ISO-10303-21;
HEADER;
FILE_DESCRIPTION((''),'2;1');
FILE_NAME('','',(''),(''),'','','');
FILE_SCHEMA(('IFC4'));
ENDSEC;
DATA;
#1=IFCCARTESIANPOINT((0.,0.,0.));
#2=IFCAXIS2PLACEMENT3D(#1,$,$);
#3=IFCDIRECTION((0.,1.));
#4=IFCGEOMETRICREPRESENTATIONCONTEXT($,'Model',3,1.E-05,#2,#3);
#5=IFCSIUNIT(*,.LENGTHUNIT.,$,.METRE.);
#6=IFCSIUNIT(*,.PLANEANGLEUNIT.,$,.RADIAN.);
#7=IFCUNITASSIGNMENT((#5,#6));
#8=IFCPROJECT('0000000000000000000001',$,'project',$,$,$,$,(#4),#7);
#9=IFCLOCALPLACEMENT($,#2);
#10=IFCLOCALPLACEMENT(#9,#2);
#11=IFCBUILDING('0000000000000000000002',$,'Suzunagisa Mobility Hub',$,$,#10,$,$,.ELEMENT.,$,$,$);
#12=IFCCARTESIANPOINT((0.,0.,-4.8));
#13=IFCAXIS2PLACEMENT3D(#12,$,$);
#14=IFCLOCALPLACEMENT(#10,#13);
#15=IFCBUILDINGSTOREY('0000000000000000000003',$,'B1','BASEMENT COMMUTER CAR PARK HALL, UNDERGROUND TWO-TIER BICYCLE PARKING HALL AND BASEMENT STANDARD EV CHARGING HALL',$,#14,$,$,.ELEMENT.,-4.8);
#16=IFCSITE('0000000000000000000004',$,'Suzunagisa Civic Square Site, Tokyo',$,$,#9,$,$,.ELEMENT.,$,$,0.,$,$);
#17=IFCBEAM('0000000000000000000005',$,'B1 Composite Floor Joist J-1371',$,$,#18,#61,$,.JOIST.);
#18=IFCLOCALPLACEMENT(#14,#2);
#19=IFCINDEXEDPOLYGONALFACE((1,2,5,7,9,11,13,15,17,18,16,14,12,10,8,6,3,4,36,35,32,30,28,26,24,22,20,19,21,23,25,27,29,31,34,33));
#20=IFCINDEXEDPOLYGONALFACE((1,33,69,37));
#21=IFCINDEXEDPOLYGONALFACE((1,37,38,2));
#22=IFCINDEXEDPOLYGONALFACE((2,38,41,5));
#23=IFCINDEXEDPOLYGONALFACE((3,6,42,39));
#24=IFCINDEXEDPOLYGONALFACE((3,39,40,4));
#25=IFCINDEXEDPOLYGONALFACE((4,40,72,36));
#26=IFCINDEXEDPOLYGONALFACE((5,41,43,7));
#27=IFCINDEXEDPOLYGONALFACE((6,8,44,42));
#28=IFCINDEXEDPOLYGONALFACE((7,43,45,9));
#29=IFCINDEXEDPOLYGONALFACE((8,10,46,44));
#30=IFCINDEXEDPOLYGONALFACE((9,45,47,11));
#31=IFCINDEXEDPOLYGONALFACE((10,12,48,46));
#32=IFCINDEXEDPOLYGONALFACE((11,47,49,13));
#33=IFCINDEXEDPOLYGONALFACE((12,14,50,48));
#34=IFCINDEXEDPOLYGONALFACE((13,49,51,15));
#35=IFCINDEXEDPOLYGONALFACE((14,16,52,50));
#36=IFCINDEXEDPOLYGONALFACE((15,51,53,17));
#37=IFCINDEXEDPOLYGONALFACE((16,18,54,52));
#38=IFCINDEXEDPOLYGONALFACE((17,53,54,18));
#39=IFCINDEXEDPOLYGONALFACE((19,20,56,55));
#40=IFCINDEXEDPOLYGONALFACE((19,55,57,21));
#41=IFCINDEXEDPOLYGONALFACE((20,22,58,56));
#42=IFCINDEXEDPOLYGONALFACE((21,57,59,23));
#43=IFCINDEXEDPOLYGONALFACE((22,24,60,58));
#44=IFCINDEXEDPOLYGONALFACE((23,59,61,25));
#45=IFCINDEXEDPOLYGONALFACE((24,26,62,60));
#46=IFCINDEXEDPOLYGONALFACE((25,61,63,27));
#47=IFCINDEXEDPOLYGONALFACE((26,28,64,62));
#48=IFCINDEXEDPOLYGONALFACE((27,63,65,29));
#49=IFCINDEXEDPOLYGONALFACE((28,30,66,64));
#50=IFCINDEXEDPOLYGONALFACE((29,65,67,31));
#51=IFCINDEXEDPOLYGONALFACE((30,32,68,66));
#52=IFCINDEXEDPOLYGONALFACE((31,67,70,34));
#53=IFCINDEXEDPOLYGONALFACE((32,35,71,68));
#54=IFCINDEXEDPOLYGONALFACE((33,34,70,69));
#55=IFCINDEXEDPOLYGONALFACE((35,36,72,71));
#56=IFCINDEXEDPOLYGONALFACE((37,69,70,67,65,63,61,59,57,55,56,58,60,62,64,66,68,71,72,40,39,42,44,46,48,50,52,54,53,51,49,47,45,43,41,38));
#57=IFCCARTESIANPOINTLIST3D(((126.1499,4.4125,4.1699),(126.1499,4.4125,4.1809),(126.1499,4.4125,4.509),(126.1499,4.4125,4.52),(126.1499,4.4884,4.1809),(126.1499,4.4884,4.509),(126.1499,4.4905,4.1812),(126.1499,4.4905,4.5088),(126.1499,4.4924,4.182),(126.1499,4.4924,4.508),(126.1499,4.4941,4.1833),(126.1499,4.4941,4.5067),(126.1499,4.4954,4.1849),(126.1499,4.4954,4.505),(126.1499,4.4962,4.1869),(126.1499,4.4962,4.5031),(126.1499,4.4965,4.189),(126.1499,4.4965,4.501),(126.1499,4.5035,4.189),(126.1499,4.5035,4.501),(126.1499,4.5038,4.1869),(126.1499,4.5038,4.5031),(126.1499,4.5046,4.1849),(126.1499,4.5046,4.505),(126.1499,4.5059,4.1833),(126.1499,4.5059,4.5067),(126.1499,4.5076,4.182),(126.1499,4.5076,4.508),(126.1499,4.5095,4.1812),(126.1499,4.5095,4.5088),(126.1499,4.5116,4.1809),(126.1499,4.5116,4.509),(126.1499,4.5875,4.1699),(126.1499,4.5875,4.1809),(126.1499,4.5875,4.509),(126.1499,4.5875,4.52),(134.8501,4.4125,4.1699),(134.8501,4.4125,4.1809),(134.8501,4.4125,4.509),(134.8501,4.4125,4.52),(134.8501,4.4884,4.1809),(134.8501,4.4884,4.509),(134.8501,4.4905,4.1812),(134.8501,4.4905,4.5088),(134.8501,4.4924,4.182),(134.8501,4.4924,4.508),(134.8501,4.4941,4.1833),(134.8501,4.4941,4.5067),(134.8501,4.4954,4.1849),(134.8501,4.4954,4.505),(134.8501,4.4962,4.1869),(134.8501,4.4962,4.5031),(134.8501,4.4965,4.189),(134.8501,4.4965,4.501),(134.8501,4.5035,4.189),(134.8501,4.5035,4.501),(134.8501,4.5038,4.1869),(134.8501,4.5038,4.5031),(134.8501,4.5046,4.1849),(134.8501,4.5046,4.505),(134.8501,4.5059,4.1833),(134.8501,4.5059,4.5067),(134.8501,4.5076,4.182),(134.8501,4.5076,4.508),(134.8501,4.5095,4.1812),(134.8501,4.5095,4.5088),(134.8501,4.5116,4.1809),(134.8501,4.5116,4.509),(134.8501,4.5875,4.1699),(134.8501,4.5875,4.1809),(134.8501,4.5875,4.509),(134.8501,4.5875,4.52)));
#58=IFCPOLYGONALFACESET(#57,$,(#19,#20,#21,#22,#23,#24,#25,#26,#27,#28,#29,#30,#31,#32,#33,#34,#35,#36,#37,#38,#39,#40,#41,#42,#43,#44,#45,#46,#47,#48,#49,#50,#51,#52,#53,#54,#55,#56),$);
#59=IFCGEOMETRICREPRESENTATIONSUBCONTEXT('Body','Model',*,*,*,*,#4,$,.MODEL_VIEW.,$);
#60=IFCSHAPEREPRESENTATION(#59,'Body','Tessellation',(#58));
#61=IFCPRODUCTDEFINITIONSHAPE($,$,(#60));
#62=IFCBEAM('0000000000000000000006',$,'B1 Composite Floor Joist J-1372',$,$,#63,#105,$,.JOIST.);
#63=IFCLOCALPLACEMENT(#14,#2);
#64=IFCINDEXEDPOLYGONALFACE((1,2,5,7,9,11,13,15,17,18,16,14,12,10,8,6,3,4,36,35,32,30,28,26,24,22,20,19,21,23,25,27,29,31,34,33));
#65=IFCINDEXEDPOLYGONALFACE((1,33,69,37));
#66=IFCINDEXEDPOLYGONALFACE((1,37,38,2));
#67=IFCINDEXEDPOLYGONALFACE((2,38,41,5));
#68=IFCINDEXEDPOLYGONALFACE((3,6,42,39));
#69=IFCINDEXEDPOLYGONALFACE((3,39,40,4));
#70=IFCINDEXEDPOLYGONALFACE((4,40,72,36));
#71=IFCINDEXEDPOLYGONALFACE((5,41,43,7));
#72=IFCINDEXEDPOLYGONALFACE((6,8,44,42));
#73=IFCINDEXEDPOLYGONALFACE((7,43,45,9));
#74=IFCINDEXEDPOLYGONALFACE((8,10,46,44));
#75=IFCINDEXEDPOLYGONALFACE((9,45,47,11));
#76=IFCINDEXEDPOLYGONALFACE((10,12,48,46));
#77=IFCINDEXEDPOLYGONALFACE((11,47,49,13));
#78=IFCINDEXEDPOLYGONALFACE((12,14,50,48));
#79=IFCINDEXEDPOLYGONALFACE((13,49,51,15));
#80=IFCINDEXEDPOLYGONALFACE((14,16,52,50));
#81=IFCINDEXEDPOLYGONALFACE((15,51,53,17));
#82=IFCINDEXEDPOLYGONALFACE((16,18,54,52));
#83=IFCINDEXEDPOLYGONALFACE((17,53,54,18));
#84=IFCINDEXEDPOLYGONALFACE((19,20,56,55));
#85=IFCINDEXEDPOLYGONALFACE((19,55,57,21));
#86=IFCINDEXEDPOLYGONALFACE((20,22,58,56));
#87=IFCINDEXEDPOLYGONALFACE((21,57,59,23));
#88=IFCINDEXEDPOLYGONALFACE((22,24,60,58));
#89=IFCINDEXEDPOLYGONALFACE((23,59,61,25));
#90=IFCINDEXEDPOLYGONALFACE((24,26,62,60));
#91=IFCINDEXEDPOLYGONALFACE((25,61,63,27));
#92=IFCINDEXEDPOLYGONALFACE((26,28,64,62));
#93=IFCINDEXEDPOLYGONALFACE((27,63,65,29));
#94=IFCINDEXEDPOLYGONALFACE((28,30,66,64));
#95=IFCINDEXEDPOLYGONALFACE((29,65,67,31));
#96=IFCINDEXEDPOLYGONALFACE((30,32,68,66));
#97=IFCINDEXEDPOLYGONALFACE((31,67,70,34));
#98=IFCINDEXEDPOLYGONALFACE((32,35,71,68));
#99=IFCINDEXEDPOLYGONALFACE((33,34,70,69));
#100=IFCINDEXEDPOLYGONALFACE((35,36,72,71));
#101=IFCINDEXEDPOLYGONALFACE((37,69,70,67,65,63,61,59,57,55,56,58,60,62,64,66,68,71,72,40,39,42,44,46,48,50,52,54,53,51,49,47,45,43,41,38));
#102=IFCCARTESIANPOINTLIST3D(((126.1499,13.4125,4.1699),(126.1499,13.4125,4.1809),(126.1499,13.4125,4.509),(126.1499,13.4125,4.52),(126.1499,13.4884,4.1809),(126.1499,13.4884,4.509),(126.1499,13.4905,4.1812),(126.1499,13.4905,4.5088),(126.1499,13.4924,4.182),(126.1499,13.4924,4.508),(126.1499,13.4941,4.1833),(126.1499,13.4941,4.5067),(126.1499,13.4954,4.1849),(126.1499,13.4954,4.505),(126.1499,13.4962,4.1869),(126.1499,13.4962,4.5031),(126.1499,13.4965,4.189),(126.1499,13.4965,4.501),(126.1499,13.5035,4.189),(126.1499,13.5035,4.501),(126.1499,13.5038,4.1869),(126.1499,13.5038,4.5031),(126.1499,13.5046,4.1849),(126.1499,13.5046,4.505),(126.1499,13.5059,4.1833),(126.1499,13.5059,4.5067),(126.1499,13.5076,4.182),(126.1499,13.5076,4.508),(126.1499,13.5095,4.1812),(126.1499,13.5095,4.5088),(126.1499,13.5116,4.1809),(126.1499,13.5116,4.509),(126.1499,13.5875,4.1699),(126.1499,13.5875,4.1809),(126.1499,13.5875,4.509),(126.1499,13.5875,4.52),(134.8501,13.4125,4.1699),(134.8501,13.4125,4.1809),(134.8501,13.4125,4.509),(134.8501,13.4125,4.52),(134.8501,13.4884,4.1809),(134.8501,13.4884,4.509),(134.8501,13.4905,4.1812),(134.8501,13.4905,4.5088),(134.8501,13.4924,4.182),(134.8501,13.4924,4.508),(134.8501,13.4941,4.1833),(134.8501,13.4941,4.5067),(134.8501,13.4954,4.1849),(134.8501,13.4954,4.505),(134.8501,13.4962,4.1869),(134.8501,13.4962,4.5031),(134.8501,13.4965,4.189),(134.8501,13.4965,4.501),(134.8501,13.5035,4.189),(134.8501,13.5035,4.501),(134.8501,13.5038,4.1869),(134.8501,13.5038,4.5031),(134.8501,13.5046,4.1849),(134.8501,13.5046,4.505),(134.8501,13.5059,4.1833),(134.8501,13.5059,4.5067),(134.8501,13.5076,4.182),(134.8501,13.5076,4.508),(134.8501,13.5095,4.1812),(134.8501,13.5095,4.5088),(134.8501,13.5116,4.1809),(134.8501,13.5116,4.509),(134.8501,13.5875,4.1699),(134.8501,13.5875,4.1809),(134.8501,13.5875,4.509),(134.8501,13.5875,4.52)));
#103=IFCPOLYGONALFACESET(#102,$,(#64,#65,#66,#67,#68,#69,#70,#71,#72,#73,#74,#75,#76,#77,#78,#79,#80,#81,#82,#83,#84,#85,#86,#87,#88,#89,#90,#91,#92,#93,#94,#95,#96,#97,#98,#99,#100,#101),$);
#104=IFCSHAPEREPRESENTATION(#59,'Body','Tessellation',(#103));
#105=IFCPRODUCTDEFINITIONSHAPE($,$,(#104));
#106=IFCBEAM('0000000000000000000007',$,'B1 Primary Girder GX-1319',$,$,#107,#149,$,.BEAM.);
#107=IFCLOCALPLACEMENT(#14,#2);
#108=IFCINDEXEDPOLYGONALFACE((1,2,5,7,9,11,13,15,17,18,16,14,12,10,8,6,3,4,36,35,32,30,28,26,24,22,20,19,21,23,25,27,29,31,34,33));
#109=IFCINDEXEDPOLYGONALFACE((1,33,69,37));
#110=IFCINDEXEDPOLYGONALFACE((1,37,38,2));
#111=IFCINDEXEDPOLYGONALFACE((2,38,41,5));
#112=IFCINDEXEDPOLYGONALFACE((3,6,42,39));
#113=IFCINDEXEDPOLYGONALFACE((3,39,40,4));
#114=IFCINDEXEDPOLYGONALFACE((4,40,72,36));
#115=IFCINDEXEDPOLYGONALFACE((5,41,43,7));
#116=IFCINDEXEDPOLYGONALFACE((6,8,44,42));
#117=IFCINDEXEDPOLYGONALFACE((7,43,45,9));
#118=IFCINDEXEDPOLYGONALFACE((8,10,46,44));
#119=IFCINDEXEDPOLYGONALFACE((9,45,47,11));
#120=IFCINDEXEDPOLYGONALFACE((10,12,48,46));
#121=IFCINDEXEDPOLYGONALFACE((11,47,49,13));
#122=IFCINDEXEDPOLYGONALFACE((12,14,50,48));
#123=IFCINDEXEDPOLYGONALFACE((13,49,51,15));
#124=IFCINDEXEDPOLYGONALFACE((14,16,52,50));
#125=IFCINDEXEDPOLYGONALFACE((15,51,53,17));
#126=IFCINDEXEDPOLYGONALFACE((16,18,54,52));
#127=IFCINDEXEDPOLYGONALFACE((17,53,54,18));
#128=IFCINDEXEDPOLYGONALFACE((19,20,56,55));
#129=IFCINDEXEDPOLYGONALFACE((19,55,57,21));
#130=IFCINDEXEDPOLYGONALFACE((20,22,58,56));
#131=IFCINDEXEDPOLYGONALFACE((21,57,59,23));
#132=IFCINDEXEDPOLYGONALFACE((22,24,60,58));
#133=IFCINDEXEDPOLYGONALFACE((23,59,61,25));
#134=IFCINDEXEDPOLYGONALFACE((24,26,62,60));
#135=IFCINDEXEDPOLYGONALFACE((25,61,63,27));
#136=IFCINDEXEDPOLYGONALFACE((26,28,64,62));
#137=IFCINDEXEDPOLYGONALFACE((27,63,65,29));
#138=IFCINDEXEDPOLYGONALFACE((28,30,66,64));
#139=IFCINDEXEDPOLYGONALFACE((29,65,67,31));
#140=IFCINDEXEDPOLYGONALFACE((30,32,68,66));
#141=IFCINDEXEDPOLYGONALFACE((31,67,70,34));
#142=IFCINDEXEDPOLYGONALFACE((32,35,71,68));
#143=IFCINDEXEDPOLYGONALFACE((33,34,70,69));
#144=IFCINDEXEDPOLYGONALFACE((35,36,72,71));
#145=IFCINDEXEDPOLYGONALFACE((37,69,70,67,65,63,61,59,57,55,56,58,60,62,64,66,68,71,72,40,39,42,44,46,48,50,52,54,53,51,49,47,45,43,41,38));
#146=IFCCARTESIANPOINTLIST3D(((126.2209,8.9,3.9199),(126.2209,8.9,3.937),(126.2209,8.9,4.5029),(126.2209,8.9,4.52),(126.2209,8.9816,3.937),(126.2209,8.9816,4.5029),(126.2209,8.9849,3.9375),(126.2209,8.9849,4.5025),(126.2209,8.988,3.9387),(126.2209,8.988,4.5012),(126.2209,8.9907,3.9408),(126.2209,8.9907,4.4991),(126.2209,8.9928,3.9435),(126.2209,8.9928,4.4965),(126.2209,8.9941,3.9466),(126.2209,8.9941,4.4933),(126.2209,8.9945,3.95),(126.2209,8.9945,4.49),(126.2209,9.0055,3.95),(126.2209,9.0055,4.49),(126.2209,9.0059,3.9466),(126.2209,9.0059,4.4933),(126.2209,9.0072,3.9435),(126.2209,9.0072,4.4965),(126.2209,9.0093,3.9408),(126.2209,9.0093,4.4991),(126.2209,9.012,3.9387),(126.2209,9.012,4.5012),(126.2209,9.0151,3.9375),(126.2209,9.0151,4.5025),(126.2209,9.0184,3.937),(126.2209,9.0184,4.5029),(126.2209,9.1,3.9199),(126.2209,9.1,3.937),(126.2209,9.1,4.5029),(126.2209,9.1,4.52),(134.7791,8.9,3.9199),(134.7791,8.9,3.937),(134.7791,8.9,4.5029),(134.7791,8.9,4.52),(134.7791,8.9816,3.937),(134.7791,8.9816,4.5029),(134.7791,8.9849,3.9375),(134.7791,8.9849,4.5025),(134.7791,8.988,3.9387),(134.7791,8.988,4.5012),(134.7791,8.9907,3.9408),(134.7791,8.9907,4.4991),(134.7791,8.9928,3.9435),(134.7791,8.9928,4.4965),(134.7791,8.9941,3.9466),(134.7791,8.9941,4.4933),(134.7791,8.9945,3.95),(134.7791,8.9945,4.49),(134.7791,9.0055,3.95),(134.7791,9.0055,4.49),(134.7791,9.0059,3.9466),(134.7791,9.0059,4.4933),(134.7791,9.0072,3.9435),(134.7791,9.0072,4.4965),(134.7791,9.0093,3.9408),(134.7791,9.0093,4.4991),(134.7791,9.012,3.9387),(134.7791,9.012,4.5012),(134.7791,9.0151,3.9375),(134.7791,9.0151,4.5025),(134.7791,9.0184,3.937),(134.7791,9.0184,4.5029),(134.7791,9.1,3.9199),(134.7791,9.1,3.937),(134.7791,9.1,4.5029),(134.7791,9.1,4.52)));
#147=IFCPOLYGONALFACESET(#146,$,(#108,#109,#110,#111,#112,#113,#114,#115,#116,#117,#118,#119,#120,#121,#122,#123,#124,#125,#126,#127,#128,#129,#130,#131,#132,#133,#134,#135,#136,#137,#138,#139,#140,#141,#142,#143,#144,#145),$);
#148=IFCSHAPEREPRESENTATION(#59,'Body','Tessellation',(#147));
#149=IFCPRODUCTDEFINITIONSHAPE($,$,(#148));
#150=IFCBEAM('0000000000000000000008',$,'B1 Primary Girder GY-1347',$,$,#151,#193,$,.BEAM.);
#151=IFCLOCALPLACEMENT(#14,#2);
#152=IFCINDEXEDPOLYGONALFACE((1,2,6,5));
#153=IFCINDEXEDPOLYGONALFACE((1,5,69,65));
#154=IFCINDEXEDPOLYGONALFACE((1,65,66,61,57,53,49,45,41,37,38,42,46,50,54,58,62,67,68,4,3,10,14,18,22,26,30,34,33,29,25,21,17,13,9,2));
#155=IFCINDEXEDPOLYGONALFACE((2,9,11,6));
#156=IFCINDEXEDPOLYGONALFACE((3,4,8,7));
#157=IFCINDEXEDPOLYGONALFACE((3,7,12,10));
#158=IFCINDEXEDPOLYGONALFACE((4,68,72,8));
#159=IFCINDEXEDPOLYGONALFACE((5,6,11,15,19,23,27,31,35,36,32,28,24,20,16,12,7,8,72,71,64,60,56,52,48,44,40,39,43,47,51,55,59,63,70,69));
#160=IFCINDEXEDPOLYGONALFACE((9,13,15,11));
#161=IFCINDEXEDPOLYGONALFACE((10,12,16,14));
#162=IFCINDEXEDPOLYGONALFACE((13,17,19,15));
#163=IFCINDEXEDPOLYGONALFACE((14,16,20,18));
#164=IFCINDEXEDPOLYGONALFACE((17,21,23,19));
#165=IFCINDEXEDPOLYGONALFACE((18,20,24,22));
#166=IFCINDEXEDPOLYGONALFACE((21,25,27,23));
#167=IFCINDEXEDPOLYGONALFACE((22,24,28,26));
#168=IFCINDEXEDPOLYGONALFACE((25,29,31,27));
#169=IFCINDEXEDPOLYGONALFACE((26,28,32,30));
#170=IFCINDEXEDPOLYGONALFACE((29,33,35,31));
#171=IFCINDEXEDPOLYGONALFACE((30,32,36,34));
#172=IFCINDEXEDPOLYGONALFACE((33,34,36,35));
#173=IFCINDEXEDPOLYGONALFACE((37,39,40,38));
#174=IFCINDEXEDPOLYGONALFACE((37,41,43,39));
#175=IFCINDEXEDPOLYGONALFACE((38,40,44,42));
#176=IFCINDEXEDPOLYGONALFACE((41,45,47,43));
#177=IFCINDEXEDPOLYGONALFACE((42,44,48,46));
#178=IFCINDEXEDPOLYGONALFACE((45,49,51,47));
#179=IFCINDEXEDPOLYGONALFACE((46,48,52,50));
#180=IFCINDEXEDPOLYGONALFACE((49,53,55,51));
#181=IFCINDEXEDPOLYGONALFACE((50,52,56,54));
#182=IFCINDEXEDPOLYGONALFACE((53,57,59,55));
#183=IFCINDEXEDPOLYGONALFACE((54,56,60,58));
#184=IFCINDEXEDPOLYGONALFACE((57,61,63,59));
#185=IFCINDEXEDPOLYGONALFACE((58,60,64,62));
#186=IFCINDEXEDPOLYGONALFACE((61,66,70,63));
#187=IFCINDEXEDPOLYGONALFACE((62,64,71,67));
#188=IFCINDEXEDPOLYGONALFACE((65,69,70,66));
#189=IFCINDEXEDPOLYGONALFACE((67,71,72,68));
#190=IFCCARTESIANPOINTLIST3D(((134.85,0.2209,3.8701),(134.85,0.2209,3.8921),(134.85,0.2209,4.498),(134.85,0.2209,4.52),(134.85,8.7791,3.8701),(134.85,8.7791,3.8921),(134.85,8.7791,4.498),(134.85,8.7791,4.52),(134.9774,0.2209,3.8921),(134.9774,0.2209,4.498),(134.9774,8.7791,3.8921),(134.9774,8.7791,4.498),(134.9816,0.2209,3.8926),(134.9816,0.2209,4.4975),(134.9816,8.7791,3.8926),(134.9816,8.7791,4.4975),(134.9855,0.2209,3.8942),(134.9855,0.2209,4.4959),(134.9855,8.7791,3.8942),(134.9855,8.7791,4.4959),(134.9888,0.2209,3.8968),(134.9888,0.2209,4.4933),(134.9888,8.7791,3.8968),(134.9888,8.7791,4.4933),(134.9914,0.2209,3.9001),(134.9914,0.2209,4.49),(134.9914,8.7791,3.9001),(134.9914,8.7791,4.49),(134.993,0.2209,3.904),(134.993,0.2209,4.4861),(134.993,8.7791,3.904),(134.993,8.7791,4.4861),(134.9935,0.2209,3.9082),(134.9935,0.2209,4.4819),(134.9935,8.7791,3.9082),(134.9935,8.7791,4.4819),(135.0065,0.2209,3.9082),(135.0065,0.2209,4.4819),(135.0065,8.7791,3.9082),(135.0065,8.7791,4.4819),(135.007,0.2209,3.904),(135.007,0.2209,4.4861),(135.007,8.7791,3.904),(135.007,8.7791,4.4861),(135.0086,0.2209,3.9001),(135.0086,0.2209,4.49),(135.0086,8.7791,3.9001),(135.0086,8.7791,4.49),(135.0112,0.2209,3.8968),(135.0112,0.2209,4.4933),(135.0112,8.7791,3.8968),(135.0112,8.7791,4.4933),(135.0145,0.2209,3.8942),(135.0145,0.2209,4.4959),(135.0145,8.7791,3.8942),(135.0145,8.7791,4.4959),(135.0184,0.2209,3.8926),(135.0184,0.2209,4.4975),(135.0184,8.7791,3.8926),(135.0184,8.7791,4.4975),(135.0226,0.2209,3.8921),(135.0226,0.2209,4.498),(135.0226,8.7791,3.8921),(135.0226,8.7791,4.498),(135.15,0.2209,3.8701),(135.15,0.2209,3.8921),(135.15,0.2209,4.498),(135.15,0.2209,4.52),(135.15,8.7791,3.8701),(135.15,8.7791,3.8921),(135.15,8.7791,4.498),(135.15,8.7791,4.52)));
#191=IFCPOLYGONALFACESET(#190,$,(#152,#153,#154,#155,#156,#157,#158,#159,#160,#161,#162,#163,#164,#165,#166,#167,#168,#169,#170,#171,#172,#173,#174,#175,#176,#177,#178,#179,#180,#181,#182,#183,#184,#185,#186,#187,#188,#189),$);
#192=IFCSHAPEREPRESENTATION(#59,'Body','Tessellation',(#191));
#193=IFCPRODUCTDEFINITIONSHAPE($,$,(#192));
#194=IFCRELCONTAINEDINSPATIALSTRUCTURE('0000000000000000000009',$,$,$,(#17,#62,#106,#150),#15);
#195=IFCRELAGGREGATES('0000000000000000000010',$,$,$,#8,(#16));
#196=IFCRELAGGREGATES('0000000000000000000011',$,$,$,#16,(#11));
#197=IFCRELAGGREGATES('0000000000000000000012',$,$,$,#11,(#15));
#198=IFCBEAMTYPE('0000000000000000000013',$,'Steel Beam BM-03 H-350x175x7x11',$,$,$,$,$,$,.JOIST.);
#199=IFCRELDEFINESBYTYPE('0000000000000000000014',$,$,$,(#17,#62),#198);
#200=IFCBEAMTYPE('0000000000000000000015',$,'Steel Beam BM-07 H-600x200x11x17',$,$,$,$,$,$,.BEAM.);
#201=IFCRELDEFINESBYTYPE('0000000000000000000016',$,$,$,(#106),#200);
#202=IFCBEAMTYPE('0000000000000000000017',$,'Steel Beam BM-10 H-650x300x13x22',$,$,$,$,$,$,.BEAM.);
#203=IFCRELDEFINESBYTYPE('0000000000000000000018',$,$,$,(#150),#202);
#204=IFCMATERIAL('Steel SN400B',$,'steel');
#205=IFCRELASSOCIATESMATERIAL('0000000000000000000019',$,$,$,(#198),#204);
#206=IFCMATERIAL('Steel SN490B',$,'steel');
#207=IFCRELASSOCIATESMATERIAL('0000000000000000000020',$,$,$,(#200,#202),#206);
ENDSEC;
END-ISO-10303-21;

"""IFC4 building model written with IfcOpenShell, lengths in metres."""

from ifc_helpers import new_model, si_unit, direction, frame, origin, origin_2d, place, context, subcontext, project, spatial, i_section, extrude, material, material_profile, profile_set, type_object, element, save


model = new_model("IFC4")

# Units and contexts
model_context = context("Model", 3, precision=1e-05, world=origin(), true_north=direction((0.0, 1.0)))
body_context = subcontext(model_context, "Body", "Model", "MODEL_VIEW")
ifc_project = project(units=[si_unit("LENGTHUNIT", "METRE"), si_unit("PLANEANGLEUNIT", "RADIAN")], contexts=[model_context])

# Site, building, storey
site_placement = place(None, origin())
site = spatial("IfcSite", under=ifc_project, at=site_placement, Name="Suzunagisa Civic Square Site, Tokyo", CompositionType="ELEMENT", RefElevation=0.0)
building_placement = place(site_placement, origin())
building = spatial("IfcBuilding", under=site, at=building_placement, Name="Suzunagisa Mobility Hub", CompositionType="ELEMENT")
storey_placement = place(building_placement, frame((0.0, 0.0, -4.8)))
storey = spatial("IfcBuildingStorey", under=building, at=storey_placement, Name="B1", Description="BASEMENT COMMUTER CAR PARK HALL, UNDERGROUND TWO-TIER BICYCLE PARKING HALL AND BASEMENT STANDARD EV CHARGING HALL", CompositionType="ELEMENT", Elevation=-4.8)

# Shared definitions
ifc_material_1 = material(Name="Steel SN490B", Category="steel")

# Beams
ifc_material_2 = material(Name="Steel SN400B", Category="steel")
ifc_material_profile_1 = material_profile(ifc_material_2, i_section(OverallWidth=0.175, OverallDepth=0.3501, WebThickness=0.0071, FlangeThickness=0.011, FilletRadius=0.0081, at=origin_2d()), Name="H-350x175x7x11")
ifc_profile_set_1 = profile_set([ifc_material_profile_1], Name="Steel SN400B")
beam_type_1 = type_object("IfcBeamType", Name="Steel Beam BM-03 H-350x175x7x11", PredefinedType="JOIST", material=ifc_profile_set_1)
for number, where, z_axis, x_axis, name in (
    (1, (126.1499, 4.5, 4.345), (1.0, 0.0, 0.0), (0.0, 1.0, 0.0), "B1 Composite Floor Joist J-1371"),
    (2, (126.1499, 13.5, 4.345), (1.0, 0.0, 0.0), (0.0, 1.0, 0.0), "B1 Composite Floor Joist J-1372"),
):
    element("IfcBeam", number, at=place(storey_placement, frame(where, z_axis=z_axis, x_axis=x_axis)), inside=storey, type_object=beam_type_1, Name=name, PredefinedType="JOIST", context=body_context, shape_type="SweptSolid", body=[
        extrude(i_section(OverallWidth=0.175, OverallDepth=0.3501, WebThickness=0.0071, FlangeThickness=0.011, FilletRadius=0.0081, at=origin_2d()), origin(), (0.0, 0.0, 1.0), 8.7002),
    ])
ifc_material_profile_2 = material_profile(ifc_material_1, i_section(OverallWidth=0.2, OverallDepth=0.6001, WebThickness=0.011, FlangeThickness=0.0171, FilletRadius=0.0129, at=origin_2d()), Name="H-600x200x11x17")
ifc_profile_set_2 = profile_set([ifc_material_profile_2], Name="Steel SN490B")
beam_type_2 = type_object("IfcBeamType", Name="Steel Beam BM-07 H-600x200x11x17", PredefinedType="BEAM", material=ifc_profile_set_2)
beam_1_placement = place(storey_placement, frame((126.2209, 9.0, 4.22), z_axis=(1.0, 0.0, 0.0), x_axis=(0.0, 1.0, 0.0)))
element("IfcBeam", 3, at=beam_1_placement, inside=storey, type_object=beam_type_2, Name="B1 Primary Girder GX-1319", PredefinedType="BEAM", context=body_context, shape_type="SweptSolid", body=[
    extrude(i_section(OverallWidth=0.2, OverallDepth=0.6001, WebThickness=0.011, FlangeThickness=0.0171, FilletRadius=0.0129, at=origin_2d()), origin(), (0.0, 0.0, 1.0), 8.5581),
])
ifc_material_profile_3 = material_profile(ifc_material_1, i_section(OverallWidth=0.3, OverallDepth=0.6499, WebThickness=0.0129, FlangeThickness=0.022, FilletRadius=0.0161, at=origin_2d()), Name="H-650x300x13x22")
ifc_profile_set_3 = profile_set([ifc_material_profile_3], Name="Steel SN490B")
beam_type_3 = type_object("IfcBeamType", Name="Steel Beam BM-10 H-650x300x13x22", PredefinedType="BEAM", material=ifc_profile_set_3)
beam_2_placement = place(storey_placement, frame((135.0, 0.2209, 4.1951), z_axis=(0.0, 1.0, 0.0), x_axis=(-1.0, 0.0, 0.0)))
element("IfcBeam", 4, at=beam_2_placement, inside=storey, type_object=beam_type_3, Name="B1 Primary Girder GY-1347", PredefinedType="BEAM", context=body_context, shape_type="SweptSolid", body=[
    extrude(i_section(OverallWidth=0.3, OverallDepth=0.6499, WebThickness=0.0129, FlangeThickness=0.022, FilletRadius=0.0161, at=origin_2d()), origin(), (0.0, 0.0, 1.0), 8.5581),
])

save(model, "model.ifc")
